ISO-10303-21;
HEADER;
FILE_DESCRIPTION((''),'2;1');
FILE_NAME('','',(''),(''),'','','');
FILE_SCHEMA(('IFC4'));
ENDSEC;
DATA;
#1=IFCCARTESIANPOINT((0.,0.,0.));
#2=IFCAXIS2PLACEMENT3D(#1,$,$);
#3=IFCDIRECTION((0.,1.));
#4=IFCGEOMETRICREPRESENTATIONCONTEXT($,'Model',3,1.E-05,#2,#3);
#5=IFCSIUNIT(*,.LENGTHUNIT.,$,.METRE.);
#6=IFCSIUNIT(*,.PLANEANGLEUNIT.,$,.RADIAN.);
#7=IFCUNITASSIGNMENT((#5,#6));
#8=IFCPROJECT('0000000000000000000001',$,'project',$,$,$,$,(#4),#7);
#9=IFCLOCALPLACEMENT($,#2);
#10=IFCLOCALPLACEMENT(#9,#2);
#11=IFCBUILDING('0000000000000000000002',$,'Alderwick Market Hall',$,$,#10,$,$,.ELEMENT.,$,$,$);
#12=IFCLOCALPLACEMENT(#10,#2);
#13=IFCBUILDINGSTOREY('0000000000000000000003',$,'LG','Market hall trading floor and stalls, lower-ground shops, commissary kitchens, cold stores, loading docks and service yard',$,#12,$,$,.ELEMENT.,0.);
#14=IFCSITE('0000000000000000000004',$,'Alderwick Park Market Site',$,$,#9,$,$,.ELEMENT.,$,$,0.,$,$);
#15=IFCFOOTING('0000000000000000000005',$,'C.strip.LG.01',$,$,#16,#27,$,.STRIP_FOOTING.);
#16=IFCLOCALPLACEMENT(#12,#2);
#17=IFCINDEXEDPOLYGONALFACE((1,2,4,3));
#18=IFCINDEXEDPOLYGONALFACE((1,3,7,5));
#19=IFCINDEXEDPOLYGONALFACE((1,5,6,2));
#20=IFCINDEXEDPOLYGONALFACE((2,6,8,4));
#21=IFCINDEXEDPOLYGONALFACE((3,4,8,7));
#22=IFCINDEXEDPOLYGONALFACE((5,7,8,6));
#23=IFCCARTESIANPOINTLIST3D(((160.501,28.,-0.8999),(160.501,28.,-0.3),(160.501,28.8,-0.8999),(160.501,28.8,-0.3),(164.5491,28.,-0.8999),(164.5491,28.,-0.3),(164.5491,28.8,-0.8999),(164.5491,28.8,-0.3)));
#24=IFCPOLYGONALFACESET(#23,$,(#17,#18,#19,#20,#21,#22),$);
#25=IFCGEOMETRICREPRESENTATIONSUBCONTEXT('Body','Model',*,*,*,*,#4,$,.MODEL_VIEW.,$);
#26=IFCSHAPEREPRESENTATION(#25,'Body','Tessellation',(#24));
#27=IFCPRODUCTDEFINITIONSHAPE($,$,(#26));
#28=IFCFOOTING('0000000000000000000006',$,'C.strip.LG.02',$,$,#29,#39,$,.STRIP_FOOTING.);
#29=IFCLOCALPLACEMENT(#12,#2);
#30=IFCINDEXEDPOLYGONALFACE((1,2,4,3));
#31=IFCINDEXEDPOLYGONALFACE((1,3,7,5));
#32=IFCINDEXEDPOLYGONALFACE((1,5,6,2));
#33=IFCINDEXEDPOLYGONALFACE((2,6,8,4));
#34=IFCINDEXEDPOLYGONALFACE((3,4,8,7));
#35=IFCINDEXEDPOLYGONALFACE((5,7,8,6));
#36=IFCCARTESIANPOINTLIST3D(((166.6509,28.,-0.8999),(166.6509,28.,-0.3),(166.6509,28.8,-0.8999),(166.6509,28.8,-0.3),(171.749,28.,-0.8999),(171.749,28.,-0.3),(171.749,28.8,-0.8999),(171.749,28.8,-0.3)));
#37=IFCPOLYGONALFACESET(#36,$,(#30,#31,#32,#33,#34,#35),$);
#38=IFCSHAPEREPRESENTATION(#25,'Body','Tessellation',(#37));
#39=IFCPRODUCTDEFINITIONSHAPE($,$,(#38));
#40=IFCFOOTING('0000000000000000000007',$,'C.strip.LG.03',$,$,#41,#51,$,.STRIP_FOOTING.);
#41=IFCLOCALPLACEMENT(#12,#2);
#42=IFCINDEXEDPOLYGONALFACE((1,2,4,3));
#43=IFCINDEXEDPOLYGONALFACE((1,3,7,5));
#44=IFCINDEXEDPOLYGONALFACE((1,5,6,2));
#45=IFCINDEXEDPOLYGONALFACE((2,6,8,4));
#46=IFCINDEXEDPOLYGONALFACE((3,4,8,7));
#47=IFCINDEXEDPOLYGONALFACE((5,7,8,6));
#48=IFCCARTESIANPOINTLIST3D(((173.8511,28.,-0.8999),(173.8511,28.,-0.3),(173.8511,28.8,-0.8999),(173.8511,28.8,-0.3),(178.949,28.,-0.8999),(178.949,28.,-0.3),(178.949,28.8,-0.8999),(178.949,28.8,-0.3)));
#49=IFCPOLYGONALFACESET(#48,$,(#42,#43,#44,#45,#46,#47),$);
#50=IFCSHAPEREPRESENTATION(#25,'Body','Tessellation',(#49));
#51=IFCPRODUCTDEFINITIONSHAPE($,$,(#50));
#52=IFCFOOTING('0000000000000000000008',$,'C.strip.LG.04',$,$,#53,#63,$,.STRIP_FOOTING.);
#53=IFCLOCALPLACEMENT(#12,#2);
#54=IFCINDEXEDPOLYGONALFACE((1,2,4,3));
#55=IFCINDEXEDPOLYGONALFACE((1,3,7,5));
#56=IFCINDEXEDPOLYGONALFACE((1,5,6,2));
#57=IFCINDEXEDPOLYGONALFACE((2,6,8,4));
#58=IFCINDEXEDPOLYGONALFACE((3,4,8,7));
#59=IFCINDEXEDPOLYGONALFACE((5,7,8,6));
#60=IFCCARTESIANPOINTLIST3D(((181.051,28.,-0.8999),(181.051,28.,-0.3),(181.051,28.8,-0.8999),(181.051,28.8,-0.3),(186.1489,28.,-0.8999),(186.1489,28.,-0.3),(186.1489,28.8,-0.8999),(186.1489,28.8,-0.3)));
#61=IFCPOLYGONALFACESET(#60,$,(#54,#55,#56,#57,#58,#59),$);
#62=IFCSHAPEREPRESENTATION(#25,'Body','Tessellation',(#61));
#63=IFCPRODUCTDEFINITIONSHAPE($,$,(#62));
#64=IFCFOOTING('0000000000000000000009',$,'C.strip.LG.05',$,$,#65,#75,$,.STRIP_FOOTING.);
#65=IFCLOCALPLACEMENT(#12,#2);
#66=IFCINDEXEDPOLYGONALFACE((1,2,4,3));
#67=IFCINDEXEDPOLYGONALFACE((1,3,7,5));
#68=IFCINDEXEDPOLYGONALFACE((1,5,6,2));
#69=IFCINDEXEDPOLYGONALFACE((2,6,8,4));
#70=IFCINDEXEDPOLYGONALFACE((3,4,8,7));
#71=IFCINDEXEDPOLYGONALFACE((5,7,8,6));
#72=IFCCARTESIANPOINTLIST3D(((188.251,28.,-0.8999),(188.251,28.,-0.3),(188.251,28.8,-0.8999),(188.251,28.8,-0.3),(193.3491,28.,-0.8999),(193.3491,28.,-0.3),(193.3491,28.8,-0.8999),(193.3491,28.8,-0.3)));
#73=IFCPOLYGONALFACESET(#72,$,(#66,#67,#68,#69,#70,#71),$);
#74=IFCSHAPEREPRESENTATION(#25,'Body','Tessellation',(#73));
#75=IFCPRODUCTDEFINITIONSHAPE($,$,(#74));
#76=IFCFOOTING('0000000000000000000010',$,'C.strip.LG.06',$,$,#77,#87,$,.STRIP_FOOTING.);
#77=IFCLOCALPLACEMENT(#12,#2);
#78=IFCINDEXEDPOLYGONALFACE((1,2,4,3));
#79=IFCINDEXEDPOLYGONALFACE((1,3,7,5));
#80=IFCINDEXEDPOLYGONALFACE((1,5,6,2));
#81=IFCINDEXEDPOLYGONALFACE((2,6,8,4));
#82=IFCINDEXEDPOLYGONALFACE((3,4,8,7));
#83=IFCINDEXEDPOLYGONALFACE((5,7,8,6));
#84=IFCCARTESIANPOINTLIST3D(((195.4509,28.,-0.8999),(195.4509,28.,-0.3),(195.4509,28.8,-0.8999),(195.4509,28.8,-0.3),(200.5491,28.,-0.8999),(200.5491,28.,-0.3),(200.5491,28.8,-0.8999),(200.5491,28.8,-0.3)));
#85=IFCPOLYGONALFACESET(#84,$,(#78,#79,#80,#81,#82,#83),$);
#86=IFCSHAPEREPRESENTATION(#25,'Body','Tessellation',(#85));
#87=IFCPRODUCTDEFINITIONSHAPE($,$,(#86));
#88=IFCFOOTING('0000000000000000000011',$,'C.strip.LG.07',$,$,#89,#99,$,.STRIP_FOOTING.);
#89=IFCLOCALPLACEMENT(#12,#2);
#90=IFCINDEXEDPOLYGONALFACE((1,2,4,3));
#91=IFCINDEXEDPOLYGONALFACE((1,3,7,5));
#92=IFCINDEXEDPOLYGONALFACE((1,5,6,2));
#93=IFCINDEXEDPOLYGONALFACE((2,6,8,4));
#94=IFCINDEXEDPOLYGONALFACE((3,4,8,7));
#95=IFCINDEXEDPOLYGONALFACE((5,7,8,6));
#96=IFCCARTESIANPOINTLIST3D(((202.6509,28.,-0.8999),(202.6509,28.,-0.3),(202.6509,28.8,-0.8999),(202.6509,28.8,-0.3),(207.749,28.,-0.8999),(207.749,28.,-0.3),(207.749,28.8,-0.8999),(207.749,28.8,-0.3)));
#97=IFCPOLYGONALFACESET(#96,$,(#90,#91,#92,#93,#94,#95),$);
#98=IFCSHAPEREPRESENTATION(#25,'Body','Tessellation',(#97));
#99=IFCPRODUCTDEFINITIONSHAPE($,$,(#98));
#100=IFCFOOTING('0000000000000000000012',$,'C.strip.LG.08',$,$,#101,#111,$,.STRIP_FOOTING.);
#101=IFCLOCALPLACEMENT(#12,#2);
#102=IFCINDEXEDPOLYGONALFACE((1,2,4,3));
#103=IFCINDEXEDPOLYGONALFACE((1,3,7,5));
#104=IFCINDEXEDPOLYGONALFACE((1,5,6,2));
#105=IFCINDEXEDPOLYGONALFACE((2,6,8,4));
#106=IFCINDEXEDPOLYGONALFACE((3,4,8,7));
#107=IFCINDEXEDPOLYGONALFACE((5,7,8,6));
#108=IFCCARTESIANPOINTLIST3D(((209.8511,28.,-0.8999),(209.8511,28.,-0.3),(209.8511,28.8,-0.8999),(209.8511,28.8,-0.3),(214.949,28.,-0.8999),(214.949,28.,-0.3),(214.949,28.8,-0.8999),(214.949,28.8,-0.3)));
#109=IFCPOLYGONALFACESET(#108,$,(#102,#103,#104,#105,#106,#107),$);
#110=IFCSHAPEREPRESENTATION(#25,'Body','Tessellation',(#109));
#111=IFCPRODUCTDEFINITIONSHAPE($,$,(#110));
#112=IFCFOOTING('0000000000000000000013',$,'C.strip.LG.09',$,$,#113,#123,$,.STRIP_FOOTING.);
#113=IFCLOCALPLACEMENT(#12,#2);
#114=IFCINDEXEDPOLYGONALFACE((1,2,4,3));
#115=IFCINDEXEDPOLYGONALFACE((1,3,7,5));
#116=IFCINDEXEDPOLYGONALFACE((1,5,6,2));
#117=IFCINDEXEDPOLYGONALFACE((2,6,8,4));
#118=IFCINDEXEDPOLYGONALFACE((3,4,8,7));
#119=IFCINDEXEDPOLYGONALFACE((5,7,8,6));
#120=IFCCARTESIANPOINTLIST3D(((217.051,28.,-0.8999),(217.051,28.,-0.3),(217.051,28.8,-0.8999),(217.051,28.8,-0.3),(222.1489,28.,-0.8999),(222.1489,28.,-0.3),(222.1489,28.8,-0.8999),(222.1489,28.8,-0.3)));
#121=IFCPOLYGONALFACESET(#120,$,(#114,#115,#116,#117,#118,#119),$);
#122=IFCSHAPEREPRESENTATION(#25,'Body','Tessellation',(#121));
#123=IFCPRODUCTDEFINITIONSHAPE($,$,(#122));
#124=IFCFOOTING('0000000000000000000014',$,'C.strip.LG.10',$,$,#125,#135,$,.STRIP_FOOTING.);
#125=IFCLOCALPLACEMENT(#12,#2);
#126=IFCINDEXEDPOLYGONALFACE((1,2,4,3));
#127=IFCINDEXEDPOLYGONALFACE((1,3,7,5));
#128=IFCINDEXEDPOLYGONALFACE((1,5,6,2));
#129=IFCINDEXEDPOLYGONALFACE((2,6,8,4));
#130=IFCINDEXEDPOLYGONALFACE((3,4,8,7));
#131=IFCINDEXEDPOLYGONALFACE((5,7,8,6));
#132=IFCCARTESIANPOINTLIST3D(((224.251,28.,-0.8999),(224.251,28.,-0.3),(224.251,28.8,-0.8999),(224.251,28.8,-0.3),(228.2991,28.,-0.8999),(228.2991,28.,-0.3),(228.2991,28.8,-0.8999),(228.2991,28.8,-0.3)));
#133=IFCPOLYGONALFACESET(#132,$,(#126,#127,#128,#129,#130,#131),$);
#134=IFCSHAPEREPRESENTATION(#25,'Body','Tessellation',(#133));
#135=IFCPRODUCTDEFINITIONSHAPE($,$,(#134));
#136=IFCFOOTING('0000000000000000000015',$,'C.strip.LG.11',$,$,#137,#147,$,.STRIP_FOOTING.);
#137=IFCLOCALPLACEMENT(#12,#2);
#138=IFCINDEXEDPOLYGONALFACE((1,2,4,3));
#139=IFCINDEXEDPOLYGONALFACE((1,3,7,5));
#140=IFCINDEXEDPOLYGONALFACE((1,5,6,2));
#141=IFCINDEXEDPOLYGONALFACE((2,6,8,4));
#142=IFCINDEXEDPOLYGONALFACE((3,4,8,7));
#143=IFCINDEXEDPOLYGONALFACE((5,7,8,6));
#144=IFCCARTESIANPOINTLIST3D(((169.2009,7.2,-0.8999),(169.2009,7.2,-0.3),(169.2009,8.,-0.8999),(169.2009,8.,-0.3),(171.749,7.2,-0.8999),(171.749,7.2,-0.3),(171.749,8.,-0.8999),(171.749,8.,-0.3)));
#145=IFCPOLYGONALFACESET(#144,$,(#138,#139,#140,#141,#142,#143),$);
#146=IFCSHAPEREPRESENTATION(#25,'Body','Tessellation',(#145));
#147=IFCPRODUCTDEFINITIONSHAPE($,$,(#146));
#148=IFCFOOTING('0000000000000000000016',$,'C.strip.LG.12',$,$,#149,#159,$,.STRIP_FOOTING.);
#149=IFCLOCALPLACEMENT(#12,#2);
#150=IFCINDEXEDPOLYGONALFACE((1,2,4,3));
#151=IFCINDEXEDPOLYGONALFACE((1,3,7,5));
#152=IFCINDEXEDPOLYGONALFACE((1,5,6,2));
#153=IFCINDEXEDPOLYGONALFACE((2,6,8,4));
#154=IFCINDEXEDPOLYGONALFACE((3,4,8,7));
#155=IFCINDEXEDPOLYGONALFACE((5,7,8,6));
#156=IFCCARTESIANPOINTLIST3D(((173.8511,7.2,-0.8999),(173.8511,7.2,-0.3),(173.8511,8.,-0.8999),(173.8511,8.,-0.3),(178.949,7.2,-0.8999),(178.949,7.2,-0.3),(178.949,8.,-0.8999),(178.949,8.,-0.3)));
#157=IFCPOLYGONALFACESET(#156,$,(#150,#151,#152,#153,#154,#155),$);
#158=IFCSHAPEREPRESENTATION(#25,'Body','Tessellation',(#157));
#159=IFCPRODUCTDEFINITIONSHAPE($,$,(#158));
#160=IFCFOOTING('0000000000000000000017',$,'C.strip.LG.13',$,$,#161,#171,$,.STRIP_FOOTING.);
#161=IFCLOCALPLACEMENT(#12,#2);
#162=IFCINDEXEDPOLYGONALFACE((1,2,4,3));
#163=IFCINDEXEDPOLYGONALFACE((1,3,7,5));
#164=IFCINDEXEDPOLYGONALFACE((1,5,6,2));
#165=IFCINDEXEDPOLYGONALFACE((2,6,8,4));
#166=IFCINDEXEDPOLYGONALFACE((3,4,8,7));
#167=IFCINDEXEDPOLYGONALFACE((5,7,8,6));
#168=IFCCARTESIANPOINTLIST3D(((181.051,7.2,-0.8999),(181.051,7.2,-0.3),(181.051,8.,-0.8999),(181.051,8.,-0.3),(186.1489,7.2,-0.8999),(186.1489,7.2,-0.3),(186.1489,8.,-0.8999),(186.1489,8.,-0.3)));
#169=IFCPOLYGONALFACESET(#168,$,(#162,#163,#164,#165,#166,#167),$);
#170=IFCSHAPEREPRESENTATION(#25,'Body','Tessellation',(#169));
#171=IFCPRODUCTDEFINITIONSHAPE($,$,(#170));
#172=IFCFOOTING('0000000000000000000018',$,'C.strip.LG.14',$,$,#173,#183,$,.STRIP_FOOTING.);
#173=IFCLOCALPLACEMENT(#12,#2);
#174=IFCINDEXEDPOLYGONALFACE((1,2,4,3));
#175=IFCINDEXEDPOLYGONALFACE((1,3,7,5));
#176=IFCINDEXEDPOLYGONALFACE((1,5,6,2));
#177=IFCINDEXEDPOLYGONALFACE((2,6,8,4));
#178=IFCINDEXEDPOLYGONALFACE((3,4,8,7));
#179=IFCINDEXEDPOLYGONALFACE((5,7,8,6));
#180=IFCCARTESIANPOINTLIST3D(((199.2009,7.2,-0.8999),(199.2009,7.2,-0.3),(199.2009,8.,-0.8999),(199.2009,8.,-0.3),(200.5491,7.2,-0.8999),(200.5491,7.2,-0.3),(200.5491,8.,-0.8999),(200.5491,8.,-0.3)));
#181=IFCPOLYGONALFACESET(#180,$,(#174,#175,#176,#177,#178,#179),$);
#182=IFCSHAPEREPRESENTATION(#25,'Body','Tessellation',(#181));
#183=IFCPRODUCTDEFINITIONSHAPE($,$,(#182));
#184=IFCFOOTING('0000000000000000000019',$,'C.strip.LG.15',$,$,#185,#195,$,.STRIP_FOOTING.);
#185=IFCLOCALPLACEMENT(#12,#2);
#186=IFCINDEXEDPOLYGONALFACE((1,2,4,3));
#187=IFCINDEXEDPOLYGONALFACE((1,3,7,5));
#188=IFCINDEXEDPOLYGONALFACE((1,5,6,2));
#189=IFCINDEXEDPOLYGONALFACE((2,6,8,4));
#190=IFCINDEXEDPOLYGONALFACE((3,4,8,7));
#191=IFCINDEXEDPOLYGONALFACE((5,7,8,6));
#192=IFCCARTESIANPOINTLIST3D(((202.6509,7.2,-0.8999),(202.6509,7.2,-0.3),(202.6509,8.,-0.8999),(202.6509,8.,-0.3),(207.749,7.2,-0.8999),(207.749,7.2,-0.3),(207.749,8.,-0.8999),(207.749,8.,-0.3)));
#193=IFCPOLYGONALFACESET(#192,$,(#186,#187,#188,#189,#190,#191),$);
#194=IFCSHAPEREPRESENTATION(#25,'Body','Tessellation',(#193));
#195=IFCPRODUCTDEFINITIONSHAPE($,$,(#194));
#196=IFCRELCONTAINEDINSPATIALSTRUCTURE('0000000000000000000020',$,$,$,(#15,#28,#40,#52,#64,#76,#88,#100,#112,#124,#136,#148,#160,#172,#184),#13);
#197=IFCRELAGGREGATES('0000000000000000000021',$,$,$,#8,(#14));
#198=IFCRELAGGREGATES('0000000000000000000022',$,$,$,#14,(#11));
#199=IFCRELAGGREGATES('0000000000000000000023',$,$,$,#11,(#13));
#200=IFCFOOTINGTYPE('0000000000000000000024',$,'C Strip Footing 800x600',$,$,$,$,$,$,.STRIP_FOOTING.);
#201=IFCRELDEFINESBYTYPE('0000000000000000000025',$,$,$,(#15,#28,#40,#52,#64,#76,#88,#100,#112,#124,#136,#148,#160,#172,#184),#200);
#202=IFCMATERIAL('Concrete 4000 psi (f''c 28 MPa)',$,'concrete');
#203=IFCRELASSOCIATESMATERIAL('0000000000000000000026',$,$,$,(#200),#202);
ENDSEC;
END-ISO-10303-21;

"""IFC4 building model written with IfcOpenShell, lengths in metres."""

from ifc_helpers import new_model, si_unit, direction, frame, origin, place, context, subcontext, project, spatial, polyline, outline, extrude, material, type_object, element, save


model = new_model("IFC4")

# Units and contexts
model_context = context("Model", 3, precision=1e-05, world=origin(), true_north=direction((0.0, 1.0)))
body_context = subcontext(model_context, "Body", "Model", "MODEL_VIEW")
ifc_project = project(units=[si_unit("LENGTHUNIT", "METRE"), si_unit("PLANEANGLEUNIT", "RADIAN")], contexts=[model_context])

# Site, building, storey
site_placement = place(None, origin())
site = spatial("IfcSite", under=ifc_project, at=site_placement, Name="Alderwick Park Market Site", CompositionType="ELEMENT", RefElevation=0.0)
building_placement = place(site_placement, origin())
building = spatial("IfcBuilding", under=site, at=building_placement, Name="Alderwick Market Hall", CompositionType="ELEMENT")
storey_placement = place(building_placement, origin())
storey = spatial("IfcBuildingStorey", under=building, at=storey_placement, Name="LG", Description="Market hall trading floor and stalls, lower-ground shops, commissary kitchens, cold stores, loading docks and service yard", CompositionType="ELEMENT", Elevation=0.0)

# Footings
ifc_material = material(Name="Concrete 4000 psi (f'c 28 MPa)", Category="concrete")
footing_type_1 = type_object("IfcFootingType", Name="C Strip Footing 800x600", PredefinedType="STRIP_FOOTING", material=ifc_material)
footing_1_placement = place(storey_placement, frame((0.0, 0.0, -0.8999)))
element("IfcFooting", 1, at=footing_1_placement, inside=storey, type_object=footing_type_1, Name="C.strip.LG.01", PredefinedType="STRIP_FOOTING", context=body_context, shape_type="SweptSolid", body=[
    extrude(outline(polyline([(160.501, 28.0), (164.5491, 28.0), (164.5491, 28.8), (160.501, 28.8), (160.501, 28.0)])), origin(), (0.0, 0.0, 1.0), 0.5999),
])
footing_2_placement = place(storey_placement, frame((0.0, 0.0, -0.8999)))
element("IfcFooting", 2, at=footing_2_placement, inside=storey, type_object=footing_type_1, Name="C.strip.LG.02", PredefinedType="STRIP_FOOTING", context=body_context, shape_type="SweptSolid", body=[
    extrude(outline(polyline([(166.6509, 28.0), (171.749, 28.0), (171.749, 28.8), (166.6509, 28.8), (166.6509, 28.0)])), origin(), (0.0, 0.0, 1.0), 0.5999),
])
footing_3_placement = place(storey_placement, frame((0.0, 0.0, -0.8999)))
element("IfcFooting", 3, at=footing_3_placement, inside=storey, type_object=footing_type_1, Name="C.strip.LG.03", PredefinedType="STRIP_FOOTING", context=body_context, shape_type="SweptSolid", body=[
    extrude(outline(polyline([(173.8511, 28.0), (178.949, 28.0), (178.949, 28.8), (173.8511, 28.8), (173.8511, 28.0)])), origin(), (0.0, 0.0, 1.0), 0.5999),
])
footing_4_placement = place(storey_placement, frame((0.0, 0.0, -0.8999)))
element("IfcFooting", 4, at=footing_4_placement, inside=storey, type_object=footing_type_1, Name="C.strip.LG.04", PredefinedType="STRIP_FOOTING", context=body_context, shape_type="SweptSolid", body=[
    extrude(outline(polyline([(181.051, 28.0), (186.1489, 28.0), (186.1489, 28.8), (181.051, 28.8), (181.051, 28.0)])), origin(), (0.0, 0.0, 1.0), 0.5999),
])
footing_5_placement = place(storey_placement, frame((0.0, 0.0, -0.8999)))
element("IfcFooting", 5, at=footing_5_placement, inside=storey, type_object=footing_type_1, Name="C.strip.LG.05", PredefinedType="STRIP_FOOTING", context=body_context, shape_type="SweptSolid", body=[
    extrude(outline(polyline([(188.251, 28.0), (193.3491, 28.0), (193.3491, 28.8), (188.251, 28.8), (188.251, 28.0)])), origin(), (0.0, 0.0, 1.0), 0.5999),
])
footing_6_placement = place(storey_placement, frame((0.0, 0.0, -0.8999)))
element("IfcFooting", 6, at=footing_6_placement, inside=storey, type_object=footing_type_1, Name="C.strip.LG.06", PredefinedType="STRIP_FOOTING", context=body_context, shape_type="SweptSolid", body=[
    extrude(outline(polyline([(195.4509, 28.0), (200.5491, 28.0), (200.5491, 28.8), (195.4509, 28.8), (195.4509, 28.0)])), origin(), (0.0, 0.0, 1.0), 0.5999),
])
footing_7_placement = place(storey_placement, frame((0.0, 0.0, -0.8999)))
element("IfcFooting", 7, at=footing_7_placement, inside=storey, type_object=footing_type_1, Name="C.strip.LG.07", PredefinedType="STRIP_FOOTING", context=body_context, shape_type="SweptSolid", body=[
    extrude(outline(polyline([(202.6509, 28.0), (207.749, 28.0), (207.749, 28.8), (202.6509, 28.8), (202.6509, 28.0)])), origin(), (0.0, 0.0, 1.0), 0.5999),
])
footing_8_placement = place(storey_placement, frame((0.0, 0.0, -0.8999)))
element("IfcFooting", 8, at=footing_8_placement, inside=storey, type_object=footing_type_1, Name="C.strip.LG.08", PredefinedType="STRIP_FOOTING", context=body_context, shape_type="SweptSolid", body=[
    extrude(outline(polyline([(209.8511, 28.0), (214.949, 28.0), (214.949, 28.8), (209.8511, 28.8), (209.8511, 28.0)])), origin(), (0.0, 0.0, 1.0), 0.5999),
])
footing_9_placement = place(storey_placement, frame((0.0, 0.0, -0.8999)))
element("IfcFooting", 9, at=footing_9_placement, inside=storey, type_object=footing_type_1, Name="C.strip.LG.09", PredefinedType="STRIP_FOOTING", context=body_context, shape_type="SweptSolid", body=[
    extrude(outline(polyline([(217.051, 28.0), (222.1489, 28.0), (222.1489, 28.8), (217.051, 28.8), (217.051, 28.0)])), origin(), (0.0, 0.0, 1.0), 0.5999),
])
footing_10_placement = place(storey_placement, frame((0.0, 0.0, -0.8999)))
element("IfcFooting", 10, at=footing_10_placement, inside=storey, type_object=footing_type_1, Name="C.strip.LG.10", PredefinedType="STRIP_FOOTING", context=body_context, shape_type="SweptSolid", body=[
    extrude(outline(polyline([(224.251, 28.0), (228.2991, 28.0), (228.2991, 28.8), (224.251, 28.8), (224.251, 28.0)])), origin(), (0.0, 0.0, 1.0), 0.5999),
])
footing_11_placement = place(storey_placement, frame((0.0, 0.0, -0.8999)))
element("IfcFooting", 11, at=footing_11_placement, inside=storey, type_object=footing_type_1, Name="C.strip.LG.11", PredefinedType="STRIP_FOOTING", context=body_context, shape_type="SweptSolid", body=[
    extrude(outline(polyline([(169.2009, 7.2), (171.749, 7.2), (171.749, 8.0), (169.2009, 8.0), (169.2009, 7.2)])), origin(), (0.0, 0.0, 1.0), 0.5999),
])
footing_12_placement = place(storey_placement, frame((0.0, 0.0, -0.8999)))
element("IfcFooting", 12, at=footing_12_placement, inside=storey, type_object=footing_type_1, Name="C.strip.LG.12", PredefinedType="STRIP_FOOTING", context=body_context, shape_type="SweptSolid", body=[
    extrude(outline(polyline([(173.8511, 7.2), (178.949, 7.2), (178.949, 8.0), (173.8511, 8.0), (173.8511, 7.2)])), origin(), (0.0, 0.0, 1.0), 0.5999),
])
footing_13_placement = place(storey_placement, frame((0.0, 0.0, -0.8999)))
element("IfcFooting", 13, at=footing_13_placement, inside=storey, type_object=footing_type_1, Name="C.strip.LG.13", PredefinedType="STRIP_FOOTING", context=body_context, shape_type="SweptSolid", body=[
    extrude(outline(polyline([(181.051, 7.2), (186.1489, 7.2), (186.1489, 8.0), (181.051, 8.0), (181.051, 7.2)])), origin(), (0.0, 0.0, 1.0), 0.5999),
])
footing_14_placement = place(storey_placement, frame((0.0, 0.0, -0.8999)))
element("IfcFooting", 14, at=footing_14_placement, inside=storey, type_object=footing_type_1, Name="C.strip.LG.14", PredefinedType="STRIP_FOOTING", context=body_context, shape_type="SweptSolid", body=[
    extrude(outline(polyline([(199.2009, 7.2), (200.5491, 7.2), (200.5491, 8.0), (199.2009, 8.0), (199.2009, 7.2)])), origin(), (0.0, 0.0, 1.0), 0.5999),
])
footing_15_placement = place(storey_placement, frame((0.0, 0.0, -0.8999)))
element("IfcFooting", 15, at=footing_15_placement, inside=storey, type_object=footing_type_1, Name="C.strip.LG.15", PredefinedType="STRIP_FOOTING", context=body_context, shape_type="SweptSolid", body=[
    extrude(outline(polyline([(202.6509, 7.2), (207.749, 7.2), (207.749, 8.0), (202.6509, 8.0), (202.6509, 7.2)])), origin(), (0.0, 0.0, 1.0), 0.5999),
])

save(model, "model.ifc")
